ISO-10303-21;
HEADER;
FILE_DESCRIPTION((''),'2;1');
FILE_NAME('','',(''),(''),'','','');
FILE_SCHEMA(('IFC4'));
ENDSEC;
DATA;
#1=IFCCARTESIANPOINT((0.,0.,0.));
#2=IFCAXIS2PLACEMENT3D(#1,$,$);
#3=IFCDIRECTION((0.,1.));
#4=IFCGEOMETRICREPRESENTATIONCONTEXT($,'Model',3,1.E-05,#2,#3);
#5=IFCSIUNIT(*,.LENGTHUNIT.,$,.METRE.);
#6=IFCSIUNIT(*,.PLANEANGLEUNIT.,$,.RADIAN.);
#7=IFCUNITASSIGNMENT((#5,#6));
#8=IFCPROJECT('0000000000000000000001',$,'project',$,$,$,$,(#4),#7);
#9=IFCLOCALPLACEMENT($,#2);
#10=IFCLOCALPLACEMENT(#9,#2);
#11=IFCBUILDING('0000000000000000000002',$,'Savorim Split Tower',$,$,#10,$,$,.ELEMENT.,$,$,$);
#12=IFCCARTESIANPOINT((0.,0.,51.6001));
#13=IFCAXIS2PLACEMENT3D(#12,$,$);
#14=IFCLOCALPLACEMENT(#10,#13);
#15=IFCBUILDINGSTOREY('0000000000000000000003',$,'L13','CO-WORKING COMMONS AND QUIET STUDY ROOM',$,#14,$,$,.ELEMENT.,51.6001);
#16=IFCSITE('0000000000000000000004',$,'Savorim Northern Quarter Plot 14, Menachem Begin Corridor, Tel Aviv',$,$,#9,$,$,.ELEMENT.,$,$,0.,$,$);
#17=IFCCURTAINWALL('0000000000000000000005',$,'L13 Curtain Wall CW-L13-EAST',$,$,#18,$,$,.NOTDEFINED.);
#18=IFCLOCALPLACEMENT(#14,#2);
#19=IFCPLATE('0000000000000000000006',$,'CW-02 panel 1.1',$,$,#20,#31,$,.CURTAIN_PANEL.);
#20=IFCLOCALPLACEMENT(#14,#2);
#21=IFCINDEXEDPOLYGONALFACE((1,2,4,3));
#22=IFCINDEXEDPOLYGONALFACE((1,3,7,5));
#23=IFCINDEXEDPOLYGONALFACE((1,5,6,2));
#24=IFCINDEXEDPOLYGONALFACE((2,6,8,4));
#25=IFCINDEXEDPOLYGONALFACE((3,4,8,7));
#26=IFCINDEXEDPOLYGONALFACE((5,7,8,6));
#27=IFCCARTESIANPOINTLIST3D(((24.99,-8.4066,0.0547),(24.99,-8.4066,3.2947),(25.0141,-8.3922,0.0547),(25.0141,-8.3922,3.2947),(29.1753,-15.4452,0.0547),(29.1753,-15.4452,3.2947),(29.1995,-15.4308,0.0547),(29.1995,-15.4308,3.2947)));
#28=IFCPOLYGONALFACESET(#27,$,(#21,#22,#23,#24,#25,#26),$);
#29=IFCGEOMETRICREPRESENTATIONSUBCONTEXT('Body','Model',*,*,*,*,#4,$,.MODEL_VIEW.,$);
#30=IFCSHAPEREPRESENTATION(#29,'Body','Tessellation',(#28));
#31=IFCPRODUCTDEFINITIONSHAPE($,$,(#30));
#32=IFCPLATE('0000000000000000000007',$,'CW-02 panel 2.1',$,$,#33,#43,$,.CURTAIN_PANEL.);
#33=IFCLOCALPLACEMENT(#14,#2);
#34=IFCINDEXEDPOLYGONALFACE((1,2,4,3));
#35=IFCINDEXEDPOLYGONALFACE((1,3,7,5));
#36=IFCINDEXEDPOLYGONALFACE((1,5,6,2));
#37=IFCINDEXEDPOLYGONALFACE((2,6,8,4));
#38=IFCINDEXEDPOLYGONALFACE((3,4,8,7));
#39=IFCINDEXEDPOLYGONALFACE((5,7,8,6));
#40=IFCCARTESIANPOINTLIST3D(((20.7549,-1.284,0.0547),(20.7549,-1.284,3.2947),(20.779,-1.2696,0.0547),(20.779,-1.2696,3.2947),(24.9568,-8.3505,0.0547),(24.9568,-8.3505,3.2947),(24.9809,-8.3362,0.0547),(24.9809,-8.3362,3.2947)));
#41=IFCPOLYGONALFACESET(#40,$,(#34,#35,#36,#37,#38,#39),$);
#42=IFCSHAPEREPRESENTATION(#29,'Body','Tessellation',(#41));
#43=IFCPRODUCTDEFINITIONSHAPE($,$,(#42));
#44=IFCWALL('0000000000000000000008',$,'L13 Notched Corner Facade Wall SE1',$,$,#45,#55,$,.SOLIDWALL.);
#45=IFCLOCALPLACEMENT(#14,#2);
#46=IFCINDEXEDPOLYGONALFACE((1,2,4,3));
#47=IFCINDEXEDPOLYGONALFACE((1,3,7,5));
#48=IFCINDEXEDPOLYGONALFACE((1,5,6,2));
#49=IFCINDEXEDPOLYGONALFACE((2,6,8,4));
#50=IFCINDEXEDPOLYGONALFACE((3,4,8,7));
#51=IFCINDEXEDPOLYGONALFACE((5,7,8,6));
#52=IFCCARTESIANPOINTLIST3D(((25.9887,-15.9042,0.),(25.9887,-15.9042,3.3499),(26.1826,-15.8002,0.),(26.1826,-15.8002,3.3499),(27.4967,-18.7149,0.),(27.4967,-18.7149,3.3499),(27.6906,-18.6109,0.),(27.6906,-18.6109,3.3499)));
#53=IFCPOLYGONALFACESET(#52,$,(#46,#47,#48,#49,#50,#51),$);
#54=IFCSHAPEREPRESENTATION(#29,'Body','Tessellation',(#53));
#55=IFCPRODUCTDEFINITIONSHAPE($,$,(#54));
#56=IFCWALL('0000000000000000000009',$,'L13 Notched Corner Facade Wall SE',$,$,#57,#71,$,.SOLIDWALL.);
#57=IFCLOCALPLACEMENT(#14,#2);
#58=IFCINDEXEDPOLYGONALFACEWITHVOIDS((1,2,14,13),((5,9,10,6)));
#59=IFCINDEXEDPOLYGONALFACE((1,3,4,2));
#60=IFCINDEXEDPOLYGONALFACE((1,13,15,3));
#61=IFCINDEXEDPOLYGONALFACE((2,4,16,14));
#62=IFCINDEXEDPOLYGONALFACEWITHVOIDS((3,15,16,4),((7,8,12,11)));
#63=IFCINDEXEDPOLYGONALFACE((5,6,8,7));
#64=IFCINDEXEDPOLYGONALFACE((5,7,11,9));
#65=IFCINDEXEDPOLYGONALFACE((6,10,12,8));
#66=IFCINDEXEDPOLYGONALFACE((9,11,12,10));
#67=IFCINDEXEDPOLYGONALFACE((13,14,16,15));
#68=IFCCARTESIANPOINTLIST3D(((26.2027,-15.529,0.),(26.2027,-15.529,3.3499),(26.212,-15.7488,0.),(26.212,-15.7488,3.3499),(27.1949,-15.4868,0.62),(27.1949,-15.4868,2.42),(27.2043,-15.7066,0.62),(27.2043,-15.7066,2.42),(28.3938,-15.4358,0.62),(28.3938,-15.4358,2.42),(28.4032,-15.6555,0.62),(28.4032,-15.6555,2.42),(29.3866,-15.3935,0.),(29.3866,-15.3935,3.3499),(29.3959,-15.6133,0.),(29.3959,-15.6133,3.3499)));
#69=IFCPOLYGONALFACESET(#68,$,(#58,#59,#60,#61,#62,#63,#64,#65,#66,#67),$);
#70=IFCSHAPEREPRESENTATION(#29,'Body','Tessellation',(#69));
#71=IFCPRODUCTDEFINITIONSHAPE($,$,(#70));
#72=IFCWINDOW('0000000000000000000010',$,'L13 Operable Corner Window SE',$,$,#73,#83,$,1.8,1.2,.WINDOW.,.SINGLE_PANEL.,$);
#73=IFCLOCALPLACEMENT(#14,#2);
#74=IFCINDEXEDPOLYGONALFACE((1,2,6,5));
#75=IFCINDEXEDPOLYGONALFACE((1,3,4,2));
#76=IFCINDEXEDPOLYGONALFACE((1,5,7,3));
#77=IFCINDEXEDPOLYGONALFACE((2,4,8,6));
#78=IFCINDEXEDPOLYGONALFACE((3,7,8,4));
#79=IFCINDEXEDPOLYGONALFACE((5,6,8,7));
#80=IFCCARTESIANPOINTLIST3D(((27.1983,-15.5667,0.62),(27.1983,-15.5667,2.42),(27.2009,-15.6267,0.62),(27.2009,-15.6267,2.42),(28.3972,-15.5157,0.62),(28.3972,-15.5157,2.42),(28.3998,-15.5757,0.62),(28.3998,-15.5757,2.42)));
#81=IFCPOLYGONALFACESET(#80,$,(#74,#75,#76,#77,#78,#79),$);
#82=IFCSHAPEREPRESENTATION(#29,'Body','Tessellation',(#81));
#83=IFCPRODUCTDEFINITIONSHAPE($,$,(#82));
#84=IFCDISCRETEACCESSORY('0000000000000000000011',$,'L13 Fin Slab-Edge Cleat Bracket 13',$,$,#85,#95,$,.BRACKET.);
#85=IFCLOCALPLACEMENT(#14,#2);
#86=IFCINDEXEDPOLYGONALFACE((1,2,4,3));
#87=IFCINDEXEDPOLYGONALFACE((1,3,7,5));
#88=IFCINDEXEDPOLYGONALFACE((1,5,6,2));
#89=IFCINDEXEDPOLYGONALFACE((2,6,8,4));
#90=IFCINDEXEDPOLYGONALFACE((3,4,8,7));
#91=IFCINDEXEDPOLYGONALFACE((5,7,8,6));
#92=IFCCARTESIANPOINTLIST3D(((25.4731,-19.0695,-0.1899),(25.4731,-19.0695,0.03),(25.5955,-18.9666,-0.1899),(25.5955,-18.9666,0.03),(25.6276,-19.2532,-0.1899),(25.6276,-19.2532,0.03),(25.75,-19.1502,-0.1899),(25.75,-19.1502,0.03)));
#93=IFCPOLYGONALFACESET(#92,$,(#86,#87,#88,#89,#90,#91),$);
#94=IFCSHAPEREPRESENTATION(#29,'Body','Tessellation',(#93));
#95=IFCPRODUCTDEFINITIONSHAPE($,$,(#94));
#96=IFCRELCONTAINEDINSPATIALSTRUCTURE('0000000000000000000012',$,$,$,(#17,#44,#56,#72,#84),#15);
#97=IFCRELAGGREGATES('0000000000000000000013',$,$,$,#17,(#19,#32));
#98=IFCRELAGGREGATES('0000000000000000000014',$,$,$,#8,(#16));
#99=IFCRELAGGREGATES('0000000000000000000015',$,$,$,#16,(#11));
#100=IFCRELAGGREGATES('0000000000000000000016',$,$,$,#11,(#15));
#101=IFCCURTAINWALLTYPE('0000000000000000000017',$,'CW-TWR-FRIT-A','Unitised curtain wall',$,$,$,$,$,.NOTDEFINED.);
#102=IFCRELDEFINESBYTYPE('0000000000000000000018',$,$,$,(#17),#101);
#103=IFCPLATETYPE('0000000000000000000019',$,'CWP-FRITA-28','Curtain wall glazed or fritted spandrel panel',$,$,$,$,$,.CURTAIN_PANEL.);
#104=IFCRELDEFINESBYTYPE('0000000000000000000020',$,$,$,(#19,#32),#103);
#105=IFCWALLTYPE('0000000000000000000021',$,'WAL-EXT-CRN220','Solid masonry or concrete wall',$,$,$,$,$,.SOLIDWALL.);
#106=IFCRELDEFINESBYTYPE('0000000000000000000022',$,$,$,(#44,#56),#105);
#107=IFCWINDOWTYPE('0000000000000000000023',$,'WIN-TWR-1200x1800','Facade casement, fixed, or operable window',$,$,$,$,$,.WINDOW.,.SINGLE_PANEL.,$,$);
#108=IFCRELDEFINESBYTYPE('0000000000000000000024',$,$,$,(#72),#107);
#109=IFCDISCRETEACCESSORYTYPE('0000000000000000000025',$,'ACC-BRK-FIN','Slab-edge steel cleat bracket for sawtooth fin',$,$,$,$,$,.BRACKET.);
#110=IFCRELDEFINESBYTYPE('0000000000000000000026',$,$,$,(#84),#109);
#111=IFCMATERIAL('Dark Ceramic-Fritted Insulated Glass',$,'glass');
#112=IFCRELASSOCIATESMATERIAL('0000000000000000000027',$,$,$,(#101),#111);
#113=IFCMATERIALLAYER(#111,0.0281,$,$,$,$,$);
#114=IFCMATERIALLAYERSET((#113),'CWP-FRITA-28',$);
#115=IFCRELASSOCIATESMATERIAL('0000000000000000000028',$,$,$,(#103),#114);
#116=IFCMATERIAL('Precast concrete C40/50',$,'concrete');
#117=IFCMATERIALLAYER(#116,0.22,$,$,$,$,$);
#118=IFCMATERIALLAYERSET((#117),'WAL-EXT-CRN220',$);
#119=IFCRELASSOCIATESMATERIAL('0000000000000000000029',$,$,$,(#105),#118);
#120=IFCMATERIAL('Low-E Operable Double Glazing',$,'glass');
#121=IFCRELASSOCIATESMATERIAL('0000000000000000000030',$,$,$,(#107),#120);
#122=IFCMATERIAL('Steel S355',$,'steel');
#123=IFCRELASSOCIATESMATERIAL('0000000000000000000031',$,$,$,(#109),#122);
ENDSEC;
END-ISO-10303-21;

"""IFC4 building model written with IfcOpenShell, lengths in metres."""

from ifc_helpers import new_model, si_unit, direction, frame, frame_2d, origin, origin_2d, place, context, subcontext, project, spatial, rectangle, extrude, material, layer, layer_set, type_object, element, fill, aggregate, save


model = new_model("IFC4")

# Units and contexts
model_context = context("Model", 3, precision=1e-05, world=origin(), true_north=direction((0.0, 1.0)))
body_context = subcontext(model_context, "Body", "Model", "MODEL_VIEW")
ifc_project = project(units=[si_unit("LENGTHUNIT", "METRE"), si_unit("PLANEANGLEUNIT", "RADIAN")], contexts=[model_context])

# Site, building, storey
site_placement = place(None, origin())
site = spatial("IfcSite", under=ifc_project, at=site_placement, Name="Savorim Northern Quarter Plot 14, Menachem Begin Corridor, Tel Aviv", CompositionType="ELEMENT", RefElevation=0.0)
building_placement = place(site_placement, origin())
building = spatial("IfcBuilding", under=site, at=building_placement, Name="Savorim Split Tower", CompositionType="ELEMENT")
storey_placement = place(building_placement, frame((0.0, 0.0, 51.6001)))
storey = spatial("IfcBuildingStorey", under=building, at=storey_placement, Name="L13", Description="CO-WORKING COMMONS AND QUIET STUDY ROOM", CompositionType="ELEMENT", Elevation=51.6001)

# Shared definitions
ifc_material_1 = material(Name="Steel S355", Category="steel")

# Shared definitions
ifc_material_2 = material(Name="Dark Ceramic-Fritted Insulated Glass", Category="glass")
curtain_wall_type = type_object("IfcCurtainWallType", Name="CW-TWR-FRIT-A", Description="Unitised curtain wall", PredefinedType="NOTDEFINED", material=ifc_material_2)

# Curtain wall
curtain_wall_1_placement = place(storey_placement, origin())
curtain_wall_1 = element("IfcCurtainWall", 1, at=curtain_wall_1_placement, inside=storey, type_object=curtain_wall_type, Name="L13 Curtain Wall CW-L13-EAST", PredefinedType="NOTDEFINED")

# Plates
ifc_layer_1 = layer(ifc_material_2, 0.0281)
ifc_layer_set_1 = layer_set([ifc_layer_1], Name="CWP-FRITA-28")
plate_type = type_object("IfcPlateType", Name="CWP-FRITA-28", Description="Curtain wall glazed or fritted spandrel panel", PredefinedType="CURTAIN_PANEL", material=ifc_layer_set_1)
plate_1_placement = place(storey_placement, frame((27.0947, -11.9187, 0.0547), z_axis=(0.0, 0.0, 1.0), x_axis=(-0.511092, 0.859526, 0.0)))
plate_1 = element("IfcPlate", 2, at=plate_1_placement, type_object=plate_type, Name="CW-02 panel 1.1", PredefinedType="CURTAIN_PANEL", context=body_context, shape_type="SweptSolid", body=[
    extrude(rectangle(XDim=8.189, YDim=0.0281, at=origin_2d()), origin(), (0.0, 0.0, 1.0), 3.24),
])
plate_2_placement = place(storey_placement, frame((22.8679, -4.8101, 0.0547), z_axis=(0.0, 0.0, 1.0), x_axis=(-0.511092, 0.859526, 0.0)))
plate_2 = element("IfcPlate", 3, at=plate_2_placement, type_object=plate_type, Name="CW-02 panel 2.1", PredefinedType="CURTAIN_PANEL", context=body_context, shape_type="SweptSolid", body=[
    extrude(rectangle(XDim=8.2214, YDim=0.0281, at=origin_2d()), origin(), (0.0, 0.0, 1.0), 3.24),
])
aggregate(curtain_wall_1, [plate_1, plate_2])

# Wall
ifc_material_3 = material(Name="Precast concrete C40/50", Category="concrete")
ifc_layer_2 = layer(ifc_material_3, 0.22)
ifc_layer_set_2 = layer_set([ifc_layer_2], Name="WAL-EXT-CRN220")
wall_type = type_object("IfcWallType", Name="WAL-EXT-CRN220", Description="Solid masonry or concrete wall", PredefinedType="SOLIDWALL", material=ifc_layer_set_2)
wall_1_placement = place(storey_placement, frame((26.0857, -15.8523, 0.0), z_axis=(0.0, 0.0, 1.0), x_axis=(0.472776, -0.881183, 0.0)))
element("IfcWall", 4, at=wall_1_placement, inside=storey, type_object=wall_type, Name="L13 Notched Corner Facade Wall SE1", PredefinedType="SOLIDWALL", context=body_context, shape_type="SweptSolid", body=[
    extrude(rectangle(XDim=3.1897, YDim=0.22, at=frame_2d((1.5947, 0.0))), origin(), (0.0, 0.0, 1.0), 3.3499),
])

# Wall, opening, window
wall_2_placement = place(storey_placement, frame((29.3911, -15.5034, 0.0), z_axis=(0.0, 0.0, 1.0), x_axis=(-0.999096, -0.04252, 0.0)))
wall_2 = element("IfcWall", 5, at=wall_2_placement, inside=storey, type_object=wall_type, Name="L13 Notched Corner Facade Wall SE", PredefinedType="SOLIDWALL", context=body_context, shape_type="SweptSolid", body=[
    extrude(rectangle(XDim=3.1868, YDim=0.22, at=frame_2d((1.5933, 0.0))), origin(), (0.0, 0.0, 1.0), 3.3499),
])
opening_placement = place(wall_2_placement, frame((0.9934, 0.0, 0.6201)))
opening = element("IfcOpeningElement", 6, at=opening_placement, cuts=wall_2, PredefinedType="OPENING", context=body_context, shape_type="SweptSolid", body=[
    extrude(rectangle(XDim=1.2, YDim=1.8, at=frame_2d((0.6001, 0.8999))), frame((0.0, 0.1199, 0.0), z_axis=(0.0, -1.0, 0.0), x_axis=(1.0, 0.0, 0.0)), (0.0, 0.0, 1.0), 0.24),
])
ifc_material_4 = material(Name="Low-E Operable Double Glazing", Category="glass")
window_type = type_object("IfcWindowType", Name="WIN-TWR-1200x1800", Description="Facade casement, fixed, or operable window", PartitioningType="SINGLE_PANEL", PredefinedType="WINDOW", material=ifc_material_4)
window_placement = place(opening_placement, origin())
window = element("IfcWindow", 7, at=window_placement, inside=storey, type_object=window_type, Name="L13 Operable Corner Window SE", OverallHeight=1.8, OverallWidth=1.2, PartitioningType="SINGLE_PANEL", PredefinedType="WINDOW", context=body_context, shape_type="SweptSolid", body=[
    extrude(rectangle(XDim=1.2, YDim=1.8, at=frame_2d((0.6001, 0.8999))), frame((0.0, 0.03, 0.0), z_axis=(0.0, -1.0, 0.0), x_axis=(1.0, 0.0, 0.0)), (0.0, 0.0, 1.0), 0.0601),
])
fill(opening, window)

# Discrete accessory
discrete_accessory_type = type_object("IfcDiscreteAccessoryType", Name="ACC-BRK-FIN", Description="Slab-edge steel cleat bracket for sawtooth fin", PredefinedType="BRACKET", material=ifc_material_1)
discrete_accessory_placement = place(storey_placement, frame((25.6116, -19.1099, -0.1899), z_axis=(0.0, 0.0, 1.0), x_axis=(0.643719, -0.765262, 0.0)))
element("IfcDiscreteAccessory", 8, at=discrete_accessory_placement, inside=storey, type_object=discrete_accessory_type, Name="L13 Fin Slab-Edge Cleat Bracket 13", PredefinedType="BRACKET", context=body_context, shape_type="SweptSolid", body=[
    extrude(rectangle(XDim=0.24, YDim=0.1599, at=origin_2d()), origin(), (0.0, 0.0, 1.0), 0.22),
])

save(model, "model.ifc")
